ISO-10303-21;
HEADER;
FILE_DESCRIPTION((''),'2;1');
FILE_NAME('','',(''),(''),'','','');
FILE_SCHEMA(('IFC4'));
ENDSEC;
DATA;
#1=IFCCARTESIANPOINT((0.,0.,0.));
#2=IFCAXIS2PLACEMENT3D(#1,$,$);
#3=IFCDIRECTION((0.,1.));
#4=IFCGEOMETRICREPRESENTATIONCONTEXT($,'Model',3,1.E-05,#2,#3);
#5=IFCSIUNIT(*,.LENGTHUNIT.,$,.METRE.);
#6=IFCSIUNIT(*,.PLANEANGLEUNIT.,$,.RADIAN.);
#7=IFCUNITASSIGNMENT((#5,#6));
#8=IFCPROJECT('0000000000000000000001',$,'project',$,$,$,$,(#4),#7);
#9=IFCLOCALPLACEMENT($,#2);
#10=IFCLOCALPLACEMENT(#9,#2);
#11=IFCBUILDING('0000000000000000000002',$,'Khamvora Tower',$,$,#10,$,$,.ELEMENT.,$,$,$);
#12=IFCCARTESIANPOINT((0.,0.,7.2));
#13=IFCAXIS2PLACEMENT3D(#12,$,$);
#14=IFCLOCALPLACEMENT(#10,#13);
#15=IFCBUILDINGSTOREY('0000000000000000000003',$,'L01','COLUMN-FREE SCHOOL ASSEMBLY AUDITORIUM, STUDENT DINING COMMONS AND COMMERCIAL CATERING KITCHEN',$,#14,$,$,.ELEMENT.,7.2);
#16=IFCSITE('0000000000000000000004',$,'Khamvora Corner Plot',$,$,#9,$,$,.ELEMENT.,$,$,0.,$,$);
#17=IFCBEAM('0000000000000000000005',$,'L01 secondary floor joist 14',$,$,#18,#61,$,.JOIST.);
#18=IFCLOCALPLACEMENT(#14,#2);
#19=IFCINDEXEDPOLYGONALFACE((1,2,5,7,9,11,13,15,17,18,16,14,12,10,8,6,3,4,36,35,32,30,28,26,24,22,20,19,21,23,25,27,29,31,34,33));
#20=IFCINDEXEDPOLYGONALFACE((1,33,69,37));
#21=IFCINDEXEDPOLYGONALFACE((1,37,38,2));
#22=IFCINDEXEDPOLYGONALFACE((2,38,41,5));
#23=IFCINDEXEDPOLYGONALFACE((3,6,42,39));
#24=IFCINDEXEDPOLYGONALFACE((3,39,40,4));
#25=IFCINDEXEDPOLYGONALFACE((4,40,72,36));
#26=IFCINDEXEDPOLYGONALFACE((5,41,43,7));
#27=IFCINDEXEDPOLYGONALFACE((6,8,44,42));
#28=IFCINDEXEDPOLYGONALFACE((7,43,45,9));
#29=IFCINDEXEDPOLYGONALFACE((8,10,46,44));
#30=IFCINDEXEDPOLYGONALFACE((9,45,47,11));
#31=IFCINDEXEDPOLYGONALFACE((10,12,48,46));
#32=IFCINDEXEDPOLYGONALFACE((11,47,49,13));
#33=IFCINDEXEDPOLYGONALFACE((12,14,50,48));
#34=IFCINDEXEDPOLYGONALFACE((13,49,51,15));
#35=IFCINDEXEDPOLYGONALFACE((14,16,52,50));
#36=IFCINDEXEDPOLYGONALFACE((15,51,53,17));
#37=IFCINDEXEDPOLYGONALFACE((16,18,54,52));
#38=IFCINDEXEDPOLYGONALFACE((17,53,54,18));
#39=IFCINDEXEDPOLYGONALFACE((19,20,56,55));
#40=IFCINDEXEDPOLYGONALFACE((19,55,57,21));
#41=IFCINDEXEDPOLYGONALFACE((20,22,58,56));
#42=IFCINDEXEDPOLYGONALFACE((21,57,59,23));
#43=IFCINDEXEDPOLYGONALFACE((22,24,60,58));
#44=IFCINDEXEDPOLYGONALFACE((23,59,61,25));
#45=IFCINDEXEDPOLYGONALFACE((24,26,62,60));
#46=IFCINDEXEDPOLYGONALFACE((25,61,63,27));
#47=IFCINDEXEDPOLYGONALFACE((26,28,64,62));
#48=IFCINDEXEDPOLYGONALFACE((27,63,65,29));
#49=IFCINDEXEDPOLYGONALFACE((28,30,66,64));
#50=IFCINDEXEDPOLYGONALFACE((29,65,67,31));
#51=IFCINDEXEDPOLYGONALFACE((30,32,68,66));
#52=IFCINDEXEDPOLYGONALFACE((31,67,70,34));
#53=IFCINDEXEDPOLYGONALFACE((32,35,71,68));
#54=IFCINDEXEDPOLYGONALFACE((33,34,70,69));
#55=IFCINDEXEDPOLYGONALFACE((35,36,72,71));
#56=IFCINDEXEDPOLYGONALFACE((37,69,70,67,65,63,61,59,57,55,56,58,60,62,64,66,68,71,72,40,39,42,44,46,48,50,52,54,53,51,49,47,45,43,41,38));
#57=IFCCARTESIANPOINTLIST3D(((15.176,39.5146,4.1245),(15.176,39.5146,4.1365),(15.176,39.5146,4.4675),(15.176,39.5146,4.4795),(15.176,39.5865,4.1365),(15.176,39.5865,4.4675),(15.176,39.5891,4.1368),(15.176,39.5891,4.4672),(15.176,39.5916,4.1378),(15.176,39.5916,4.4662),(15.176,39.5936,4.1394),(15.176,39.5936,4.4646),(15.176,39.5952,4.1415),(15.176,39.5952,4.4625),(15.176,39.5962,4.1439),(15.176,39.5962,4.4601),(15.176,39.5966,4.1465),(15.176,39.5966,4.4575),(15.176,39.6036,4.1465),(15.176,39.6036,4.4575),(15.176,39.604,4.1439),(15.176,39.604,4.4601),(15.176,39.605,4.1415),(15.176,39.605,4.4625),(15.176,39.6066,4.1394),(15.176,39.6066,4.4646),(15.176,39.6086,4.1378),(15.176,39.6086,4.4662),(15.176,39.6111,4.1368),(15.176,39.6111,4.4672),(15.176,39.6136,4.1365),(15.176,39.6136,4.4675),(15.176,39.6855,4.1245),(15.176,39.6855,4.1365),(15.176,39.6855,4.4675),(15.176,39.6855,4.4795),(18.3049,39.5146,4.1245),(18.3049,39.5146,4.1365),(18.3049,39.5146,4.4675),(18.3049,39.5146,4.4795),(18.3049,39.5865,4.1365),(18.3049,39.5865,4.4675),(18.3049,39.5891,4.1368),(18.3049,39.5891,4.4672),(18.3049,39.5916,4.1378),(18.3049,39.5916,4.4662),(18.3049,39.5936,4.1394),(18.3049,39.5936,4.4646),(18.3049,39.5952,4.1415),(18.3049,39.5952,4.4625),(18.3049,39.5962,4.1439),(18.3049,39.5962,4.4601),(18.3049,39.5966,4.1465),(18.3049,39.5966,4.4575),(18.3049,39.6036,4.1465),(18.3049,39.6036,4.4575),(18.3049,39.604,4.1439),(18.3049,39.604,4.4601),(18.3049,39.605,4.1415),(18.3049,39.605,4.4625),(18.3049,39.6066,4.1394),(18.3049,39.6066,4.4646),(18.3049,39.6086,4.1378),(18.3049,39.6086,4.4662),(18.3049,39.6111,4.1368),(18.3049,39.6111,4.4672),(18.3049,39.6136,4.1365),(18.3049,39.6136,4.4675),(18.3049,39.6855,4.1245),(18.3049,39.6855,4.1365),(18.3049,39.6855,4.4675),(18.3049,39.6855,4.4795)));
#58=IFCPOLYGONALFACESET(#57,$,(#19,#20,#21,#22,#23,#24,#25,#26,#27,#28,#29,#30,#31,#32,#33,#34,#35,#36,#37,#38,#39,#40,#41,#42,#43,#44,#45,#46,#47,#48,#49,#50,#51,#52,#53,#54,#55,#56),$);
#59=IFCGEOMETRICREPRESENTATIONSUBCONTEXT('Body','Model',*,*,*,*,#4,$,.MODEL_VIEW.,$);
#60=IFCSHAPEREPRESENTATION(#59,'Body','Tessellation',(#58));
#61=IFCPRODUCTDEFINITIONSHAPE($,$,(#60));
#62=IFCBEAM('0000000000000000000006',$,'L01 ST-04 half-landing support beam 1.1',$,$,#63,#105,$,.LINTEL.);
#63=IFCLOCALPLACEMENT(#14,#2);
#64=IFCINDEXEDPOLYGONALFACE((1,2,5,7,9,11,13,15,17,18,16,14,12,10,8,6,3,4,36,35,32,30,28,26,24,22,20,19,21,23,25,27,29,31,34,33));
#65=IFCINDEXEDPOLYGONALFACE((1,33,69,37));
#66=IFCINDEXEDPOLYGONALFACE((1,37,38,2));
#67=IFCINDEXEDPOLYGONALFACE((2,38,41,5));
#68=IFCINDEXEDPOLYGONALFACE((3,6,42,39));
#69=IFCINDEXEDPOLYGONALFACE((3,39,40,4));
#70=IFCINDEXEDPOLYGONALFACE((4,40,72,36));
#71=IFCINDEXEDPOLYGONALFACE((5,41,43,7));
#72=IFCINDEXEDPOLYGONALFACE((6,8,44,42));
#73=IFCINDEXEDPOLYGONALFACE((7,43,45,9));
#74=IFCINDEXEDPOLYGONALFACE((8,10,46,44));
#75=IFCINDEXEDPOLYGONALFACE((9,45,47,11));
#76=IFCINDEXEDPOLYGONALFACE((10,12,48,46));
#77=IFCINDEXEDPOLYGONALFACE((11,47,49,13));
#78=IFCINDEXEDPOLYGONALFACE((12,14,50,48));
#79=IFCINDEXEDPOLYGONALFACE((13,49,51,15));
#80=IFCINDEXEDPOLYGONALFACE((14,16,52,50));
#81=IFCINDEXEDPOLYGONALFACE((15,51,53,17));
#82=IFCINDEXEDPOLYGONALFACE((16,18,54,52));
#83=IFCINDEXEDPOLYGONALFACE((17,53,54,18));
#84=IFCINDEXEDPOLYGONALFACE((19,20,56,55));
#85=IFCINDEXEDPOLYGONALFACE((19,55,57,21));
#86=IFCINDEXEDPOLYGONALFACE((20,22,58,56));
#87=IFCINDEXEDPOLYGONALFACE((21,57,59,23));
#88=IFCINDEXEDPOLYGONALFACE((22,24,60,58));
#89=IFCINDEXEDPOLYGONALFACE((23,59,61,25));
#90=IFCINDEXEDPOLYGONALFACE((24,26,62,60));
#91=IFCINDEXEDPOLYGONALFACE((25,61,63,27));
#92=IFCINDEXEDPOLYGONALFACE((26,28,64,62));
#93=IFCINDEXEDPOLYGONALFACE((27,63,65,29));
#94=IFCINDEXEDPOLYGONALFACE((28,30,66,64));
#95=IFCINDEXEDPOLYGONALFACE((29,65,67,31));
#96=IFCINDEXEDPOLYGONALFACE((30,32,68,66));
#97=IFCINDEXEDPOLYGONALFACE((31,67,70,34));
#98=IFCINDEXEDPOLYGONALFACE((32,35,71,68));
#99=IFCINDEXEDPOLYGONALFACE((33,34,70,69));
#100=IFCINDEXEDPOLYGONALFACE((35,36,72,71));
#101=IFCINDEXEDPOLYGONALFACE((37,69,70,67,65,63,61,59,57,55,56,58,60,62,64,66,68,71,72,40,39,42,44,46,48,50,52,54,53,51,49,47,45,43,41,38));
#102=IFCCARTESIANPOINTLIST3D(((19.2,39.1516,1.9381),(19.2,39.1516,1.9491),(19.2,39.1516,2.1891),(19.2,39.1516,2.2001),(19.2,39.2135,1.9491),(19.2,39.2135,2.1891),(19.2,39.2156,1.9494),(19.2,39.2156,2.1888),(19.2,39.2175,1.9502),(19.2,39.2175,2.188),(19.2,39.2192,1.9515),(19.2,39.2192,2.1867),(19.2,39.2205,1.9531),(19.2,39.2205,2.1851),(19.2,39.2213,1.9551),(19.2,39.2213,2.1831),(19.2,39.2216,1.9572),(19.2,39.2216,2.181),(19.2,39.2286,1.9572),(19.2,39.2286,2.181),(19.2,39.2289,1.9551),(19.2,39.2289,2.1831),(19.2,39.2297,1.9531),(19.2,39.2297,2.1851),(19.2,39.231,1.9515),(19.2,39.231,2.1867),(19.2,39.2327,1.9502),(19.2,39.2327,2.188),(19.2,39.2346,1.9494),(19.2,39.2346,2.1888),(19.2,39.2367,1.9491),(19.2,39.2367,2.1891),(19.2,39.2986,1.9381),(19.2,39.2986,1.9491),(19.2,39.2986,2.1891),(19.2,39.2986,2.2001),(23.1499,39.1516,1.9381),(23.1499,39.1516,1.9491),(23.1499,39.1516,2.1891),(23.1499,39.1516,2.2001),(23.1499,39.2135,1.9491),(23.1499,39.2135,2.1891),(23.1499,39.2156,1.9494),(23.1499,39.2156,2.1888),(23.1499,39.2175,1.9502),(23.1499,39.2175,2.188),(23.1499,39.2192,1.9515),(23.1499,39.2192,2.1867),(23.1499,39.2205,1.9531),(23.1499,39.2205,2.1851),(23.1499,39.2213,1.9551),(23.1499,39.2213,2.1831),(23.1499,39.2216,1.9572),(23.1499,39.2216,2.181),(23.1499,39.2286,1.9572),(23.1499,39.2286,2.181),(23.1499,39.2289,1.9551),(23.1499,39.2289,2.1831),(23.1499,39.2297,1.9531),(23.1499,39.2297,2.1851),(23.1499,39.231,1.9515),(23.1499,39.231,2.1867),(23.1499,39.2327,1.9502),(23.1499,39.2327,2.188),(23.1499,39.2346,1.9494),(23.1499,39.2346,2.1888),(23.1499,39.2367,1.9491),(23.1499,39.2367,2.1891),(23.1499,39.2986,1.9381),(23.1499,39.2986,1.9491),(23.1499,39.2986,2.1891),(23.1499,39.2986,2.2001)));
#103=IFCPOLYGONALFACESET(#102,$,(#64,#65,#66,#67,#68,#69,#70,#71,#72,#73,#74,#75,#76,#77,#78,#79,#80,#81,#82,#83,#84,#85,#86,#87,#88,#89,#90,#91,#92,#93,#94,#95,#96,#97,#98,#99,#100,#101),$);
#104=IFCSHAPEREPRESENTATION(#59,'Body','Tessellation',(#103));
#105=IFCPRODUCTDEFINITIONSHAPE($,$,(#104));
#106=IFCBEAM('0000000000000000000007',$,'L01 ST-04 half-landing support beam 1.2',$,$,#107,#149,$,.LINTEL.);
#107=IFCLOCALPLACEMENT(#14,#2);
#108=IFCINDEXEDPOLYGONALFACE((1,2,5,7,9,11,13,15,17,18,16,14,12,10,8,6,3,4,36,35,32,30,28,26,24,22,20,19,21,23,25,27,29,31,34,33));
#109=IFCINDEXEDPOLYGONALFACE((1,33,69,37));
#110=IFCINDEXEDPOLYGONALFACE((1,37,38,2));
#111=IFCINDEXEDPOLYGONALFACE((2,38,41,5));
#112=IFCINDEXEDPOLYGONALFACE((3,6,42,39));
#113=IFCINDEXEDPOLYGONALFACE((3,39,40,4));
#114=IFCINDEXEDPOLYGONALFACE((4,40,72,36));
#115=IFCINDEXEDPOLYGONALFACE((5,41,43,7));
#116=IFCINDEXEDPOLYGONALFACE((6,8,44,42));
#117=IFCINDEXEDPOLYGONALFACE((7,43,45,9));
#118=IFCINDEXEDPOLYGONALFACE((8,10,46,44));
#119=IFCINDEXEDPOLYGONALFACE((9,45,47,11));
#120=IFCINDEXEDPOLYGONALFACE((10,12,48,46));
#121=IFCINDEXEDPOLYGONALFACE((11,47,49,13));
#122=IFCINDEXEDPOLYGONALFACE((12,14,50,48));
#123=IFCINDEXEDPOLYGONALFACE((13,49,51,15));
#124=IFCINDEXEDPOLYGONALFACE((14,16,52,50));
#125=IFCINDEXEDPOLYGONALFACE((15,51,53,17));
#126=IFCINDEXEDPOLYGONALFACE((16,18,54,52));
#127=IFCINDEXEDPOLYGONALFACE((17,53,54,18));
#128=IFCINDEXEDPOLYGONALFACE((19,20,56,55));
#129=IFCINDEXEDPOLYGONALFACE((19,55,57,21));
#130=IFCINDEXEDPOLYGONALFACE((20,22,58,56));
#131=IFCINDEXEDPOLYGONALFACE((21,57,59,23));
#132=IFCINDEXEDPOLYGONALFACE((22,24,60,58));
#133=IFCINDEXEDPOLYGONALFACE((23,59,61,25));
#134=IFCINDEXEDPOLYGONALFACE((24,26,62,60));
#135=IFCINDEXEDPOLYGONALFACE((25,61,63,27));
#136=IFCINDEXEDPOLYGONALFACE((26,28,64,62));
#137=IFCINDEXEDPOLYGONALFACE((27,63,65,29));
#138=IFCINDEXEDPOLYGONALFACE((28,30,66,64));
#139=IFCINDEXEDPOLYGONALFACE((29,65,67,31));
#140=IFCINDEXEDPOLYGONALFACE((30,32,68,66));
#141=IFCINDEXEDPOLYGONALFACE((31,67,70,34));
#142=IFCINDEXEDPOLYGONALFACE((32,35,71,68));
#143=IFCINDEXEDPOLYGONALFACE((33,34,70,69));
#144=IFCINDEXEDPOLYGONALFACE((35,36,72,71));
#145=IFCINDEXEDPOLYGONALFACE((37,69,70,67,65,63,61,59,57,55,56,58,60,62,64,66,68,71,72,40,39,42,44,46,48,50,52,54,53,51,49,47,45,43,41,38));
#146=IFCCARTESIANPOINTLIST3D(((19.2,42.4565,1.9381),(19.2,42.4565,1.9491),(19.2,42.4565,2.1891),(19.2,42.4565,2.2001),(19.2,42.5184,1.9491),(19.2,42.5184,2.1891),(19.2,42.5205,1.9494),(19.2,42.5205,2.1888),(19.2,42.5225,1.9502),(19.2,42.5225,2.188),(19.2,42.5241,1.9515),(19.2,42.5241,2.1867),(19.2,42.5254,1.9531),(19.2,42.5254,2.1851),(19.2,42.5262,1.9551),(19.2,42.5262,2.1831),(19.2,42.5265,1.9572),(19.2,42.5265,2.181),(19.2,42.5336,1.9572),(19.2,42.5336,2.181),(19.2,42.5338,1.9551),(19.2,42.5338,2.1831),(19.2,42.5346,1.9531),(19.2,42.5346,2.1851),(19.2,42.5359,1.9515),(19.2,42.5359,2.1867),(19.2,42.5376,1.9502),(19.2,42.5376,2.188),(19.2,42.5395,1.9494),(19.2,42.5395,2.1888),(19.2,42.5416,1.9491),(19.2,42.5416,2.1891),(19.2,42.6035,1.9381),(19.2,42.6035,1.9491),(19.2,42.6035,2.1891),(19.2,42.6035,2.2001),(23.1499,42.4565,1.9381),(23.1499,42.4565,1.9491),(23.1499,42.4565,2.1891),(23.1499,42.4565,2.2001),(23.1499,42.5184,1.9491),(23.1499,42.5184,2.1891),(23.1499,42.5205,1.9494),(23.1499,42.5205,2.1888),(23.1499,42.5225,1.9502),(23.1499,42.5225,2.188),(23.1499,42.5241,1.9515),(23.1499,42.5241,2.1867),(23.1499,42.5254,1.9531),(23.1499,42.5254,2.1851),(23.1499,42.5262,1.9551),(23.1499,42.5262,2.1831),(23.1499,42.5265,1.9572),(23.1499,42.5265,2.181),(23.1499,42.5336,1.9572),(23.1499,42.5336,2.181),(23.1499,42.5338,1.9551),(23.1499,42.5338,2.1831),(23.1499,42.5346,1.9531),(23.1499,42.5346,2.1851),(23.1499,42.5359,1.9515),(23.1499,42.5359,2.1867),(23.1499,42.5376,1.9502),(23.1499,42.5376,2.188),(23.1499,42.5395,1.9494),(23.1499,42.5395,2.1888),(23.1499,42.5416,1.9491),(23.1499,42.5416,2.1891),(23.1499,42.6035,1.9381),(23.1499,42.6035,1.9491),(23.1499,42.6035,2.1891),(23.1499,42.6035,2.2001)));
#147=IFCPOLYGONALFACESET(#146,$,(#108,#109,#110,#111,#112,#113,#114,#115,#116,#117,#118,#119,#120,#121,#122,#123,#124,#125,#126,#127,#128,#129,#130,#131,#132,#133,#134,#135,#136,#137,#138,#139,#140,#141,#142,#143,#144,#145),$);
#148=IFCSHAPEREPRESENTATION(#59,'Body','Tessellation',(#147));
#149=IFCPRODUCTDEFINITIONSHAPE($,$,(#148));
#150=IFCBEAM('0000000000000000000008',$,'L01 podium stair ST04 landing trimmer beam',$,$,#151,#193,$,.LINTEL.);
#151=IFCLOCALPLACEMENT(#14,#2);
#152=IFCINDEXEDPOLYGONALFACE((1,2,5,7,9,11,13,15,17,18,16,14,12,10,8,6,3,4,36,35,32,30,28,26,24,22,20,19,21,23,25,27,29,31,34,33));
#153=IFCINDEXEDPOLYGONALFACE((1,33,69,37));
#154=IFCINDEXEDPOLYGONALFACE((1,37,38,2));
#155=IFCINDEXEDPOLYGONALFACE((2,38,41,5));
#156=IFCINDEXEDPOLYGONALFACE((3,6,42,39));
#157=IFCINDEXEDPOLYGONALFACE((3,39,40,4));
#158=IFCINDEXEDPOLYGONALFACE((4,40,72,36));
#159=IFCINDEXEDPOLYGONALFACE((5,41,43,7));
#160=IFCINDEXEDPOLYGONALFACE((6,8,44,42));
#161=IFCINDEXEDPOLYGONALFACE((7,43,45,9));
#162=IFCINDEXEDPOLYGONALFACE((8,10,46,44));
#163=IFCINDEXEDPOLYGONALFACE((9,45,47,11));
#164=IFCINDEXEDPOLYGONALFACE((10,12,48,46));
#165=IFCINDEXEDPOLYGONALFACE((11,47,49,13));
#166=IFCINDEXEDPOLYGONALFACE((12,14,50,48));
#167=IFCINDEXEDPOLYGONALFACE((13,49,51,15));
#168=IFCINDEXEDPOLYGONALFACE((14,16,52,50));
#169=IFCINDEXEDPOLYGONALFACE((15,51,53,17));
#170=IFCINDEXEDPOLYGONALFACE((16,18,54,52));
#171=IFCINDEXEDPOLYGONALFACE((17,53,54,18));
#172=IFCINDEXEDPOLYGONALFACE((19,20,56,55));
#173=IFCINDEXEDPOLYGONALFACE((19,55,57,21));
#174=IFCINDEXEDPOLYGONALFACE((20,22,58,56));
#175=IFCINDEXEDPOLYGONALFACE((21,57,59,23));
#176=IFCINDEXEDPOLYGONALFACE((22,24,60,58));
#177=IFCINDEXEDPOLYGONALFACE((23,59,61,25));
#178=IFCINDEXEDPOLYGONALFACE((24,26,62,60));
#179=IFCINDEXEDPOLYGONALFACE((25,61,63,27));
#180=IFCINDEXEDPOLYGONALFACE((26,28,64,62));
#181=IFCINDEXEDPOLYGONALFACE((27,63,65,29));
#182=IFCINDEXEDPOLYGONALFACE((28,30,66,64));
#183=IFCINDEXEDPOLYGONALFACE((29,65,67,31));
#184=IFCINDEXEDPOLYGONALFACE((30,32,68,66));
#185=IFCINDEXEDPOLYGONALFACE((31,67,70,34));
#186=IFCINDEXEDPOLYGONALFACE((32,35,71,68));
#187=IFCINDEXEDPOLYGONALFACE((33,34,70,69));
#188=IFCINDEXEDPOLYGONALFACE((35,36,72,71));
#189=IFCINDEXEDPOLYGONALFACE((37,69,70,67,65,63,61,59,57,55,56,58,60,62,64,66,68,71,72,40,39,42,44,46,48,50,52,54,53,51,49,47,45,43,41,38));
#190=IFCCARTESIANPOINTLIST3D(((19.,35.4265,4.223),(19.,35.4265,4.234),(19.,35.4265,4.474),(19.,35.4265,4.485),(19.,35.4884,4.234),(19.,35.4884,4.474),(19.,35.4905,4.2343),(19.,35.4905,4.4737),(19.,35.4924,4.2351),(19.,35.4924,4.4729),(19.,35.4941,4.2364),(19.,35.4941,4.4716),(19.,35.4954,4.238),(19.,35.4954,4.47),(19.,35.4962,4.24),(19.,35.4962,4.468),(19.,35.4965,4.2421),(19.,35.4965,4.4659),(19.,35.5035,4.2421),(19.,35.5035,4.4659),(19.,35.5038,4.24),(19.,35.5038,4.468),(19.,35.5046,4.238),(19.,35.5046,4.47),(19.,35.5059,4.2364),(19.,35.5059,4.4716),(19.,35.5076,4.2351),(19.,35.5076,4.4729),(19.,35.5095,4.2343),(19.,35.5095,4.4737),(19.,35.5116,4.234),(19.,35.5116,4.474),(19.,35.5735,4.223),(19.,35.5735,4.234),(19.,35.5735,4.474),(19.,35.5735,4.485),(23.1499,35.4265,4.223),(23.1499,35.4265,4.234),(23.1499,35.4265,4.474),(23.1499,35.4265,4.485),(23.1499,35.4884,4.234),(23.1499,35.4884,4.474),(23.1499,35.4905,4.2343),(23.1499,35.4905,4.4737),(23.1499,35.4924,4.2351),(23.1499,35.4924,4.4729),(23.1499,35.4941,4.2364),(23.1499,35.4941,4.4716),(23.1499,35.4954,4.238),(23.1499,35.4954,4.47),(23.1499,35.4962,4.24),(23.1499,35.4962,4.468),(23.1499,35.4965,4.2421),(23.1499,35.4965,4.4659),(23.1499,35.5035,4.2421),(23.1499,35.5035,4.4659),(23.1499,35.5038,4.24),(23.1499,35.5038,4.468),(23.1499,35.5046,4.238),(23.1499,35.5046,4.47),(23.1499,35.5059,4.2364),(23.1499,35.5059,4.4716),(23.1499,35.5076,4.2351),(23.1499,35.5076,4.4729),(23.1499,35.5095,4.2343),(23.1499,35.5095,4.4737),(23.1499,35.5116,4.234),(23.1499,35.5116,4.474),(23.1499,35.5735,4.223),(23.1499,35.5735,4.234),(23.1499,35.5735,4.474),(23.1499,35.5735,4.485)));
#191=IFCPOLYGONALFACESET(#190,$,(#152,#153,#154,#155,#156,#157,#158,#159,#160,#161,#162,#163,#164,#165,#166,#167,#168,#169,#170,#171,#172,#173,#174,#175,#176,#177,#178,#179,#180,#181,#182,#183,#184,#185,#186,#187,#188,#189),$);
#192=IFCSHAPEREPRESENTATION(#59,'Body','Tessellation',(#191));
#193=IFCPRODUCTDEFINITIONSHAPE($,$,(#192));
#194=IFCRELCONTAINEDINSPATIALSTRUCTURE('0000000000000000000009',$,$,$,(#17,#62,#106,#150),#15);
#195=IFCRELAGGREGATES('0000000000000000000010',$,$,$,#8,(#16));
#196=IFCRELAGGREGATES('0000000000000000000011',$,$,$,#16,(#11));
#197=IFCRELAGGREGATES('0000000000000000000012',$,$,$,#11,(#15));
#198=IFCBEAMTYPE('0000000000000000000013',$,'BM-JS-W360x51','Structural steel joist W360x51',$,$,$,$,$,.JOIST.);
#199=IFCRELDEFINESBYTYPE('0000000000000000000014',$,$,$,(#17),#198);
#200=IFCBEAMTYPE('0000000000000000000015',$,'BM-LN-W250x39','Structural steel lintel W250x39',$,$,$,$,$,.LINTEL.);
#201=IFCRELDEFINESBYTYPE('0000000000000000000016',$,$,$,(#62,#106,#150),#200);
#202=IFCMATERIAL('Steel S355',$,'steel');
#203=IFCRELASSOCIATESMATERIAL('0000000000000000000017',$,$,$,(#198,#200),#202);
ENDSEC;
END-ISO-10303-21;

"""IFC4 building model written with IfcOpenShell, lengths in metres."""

from ifc_helpers import new_model, si_unit, direction, frame, origin, origin_2d, place, context, subcontext, project, spatial, i_section, extrude, material, material_profile, profile_set, type_object, element, save


model = new_model("IFC4")

# Units and contexts
model_context = context("Model", 3, precision=1e-05, world=origin(), true_north=direction((0.0, 1.0)))
body_context = subcontext(model_context, "Body", "Model", "MODEL_VIEW")
ifc_project = project(units=[si_unit("LENGTHUNIT", "METRE"), si_unit("PLANEANGLEUNIT", "RADIAN")], contexts=[model_context])

# Site, building, storey
site_placement = place(None, origin())
site = spatial("IfcSite", under=ifc_project, at=site_placement, Name="Khamvora Corner Plot", CompositionType="ELEMENT", RefElevation=0.0)
building_placement = place(site_placement, origin())
building = spatial("IfcBuilding", under=site, at=building_placement, Name="Khamvora Tower", CompositionType="ELEMENT")
storey_placement = place(building_placement, frame((0.0, 0.0, 7.2)))
storey = spatial("IfcBuildingStorey", under=building, at=storey_placement, Name="L01", Description="COLUMN-FREE SCHOOL ASSEMBLY AUDITORIUM, STUDENT DINING COMMONS AND COMMERCIAL CATERING KITCHEN", CompositionType="ELEMENT", Elevation=7.2)

# Beams
ifc_material_1 = material(Name="Steel S355", Category="steel")
ifc_material_profile_1 = material_profile(ifc_material_1, i_section(OverallWidth=0.1709, OverallDepth=0.355, WebThickness=0.0071, FlangeThickness=0.012, FilletRadius=0.01, at=origin_2d()), Name="W360x51")
ifc_profile_set_1 = profile_set([ifc_material_profile_1], Name="Steel S355")
beam_type_1 = type_object("IfcBeamType", Name="BM-JS-W360x51", Description="Structural steel joist W360x51", PredefinedType="JOIST", material=ifc_profile_set_1)
beam_1_placement = place(storey_placement, frame((15.176, 39.6001, 4.302), z_axis=(1.0, 0.0, 0.0), x_axis=(0.0, 1.0, 0.0)))
element("IfcBeam", 1, at=beam_1_placement, inside=storey, type_object=beam_type_1, Name="L01 secondary floor joist 14", PredefinedType="JOIST", context=body_context, shape_type="SweptSolid", body=[
    extrude(i_section(OverallWidth=0.1709, OverallDepth=0.355, WebThickness=0.0071, FlangeThickness=0.012, FilletRadius=0.01, at=origin_2d()), origin(), (0.0, 0.0, 1.0), 3.1289),
])
ifc_material_profile_2 = material_profile(ifc_material_1, i_section(OverallWidth=0.147, OverallDepth=0.262, WebThickness=0.0071, FlangeThickness=0.011, FilletRadius=0.0081, at=origin_2d()), Name="W250x39")
ifc_profile_set_2 = profile_set([ifc_material_profile_2], Name="Steel S355")
beam_type_2 = type_object("IfcBeamType", Name="BM-LN-W250x39", Description="Structural steel lintel W250x39", PredefinedType="LINTEL", material=ifc_profile_set_2)
for number, where, z_axis, x_axis, name in (
    (2, (19.2, 39.2251, 2.0691), (1.0, 0.0, 0.0), (0.0, 1.0, 0.0), "L01 ST-04 half-landing support beam 1.1"),
    (3, (19.2, 42.53, 2.0691), (1.0, 0.0, 0.0), (0.0, 1.0, 0.0), "L01 ST-04 half-landing support beam 1.2"),
):
    element("IfcBeam", number, at=place(storey_placement, frame(where, z_axis=z_axis, x_axis=x_axis)), inside=storey, type_object=beam_type_2, Name=name, PredefinedType="LINTEL", context=body_context, shape_type="SweptSolid", body=[
        extrude(i_section(OverallWidth=0.147, OverallDepth=0.262, WebThickness=0.0071, FlangeThickness=0.011, FilletRadius=0.0081, at=origin_2d()), origin(), (0.0, 0.0, 1.0), 3.95),
    ])
beam_2_placement = place(storey_placement, frame((19.0, 35.5, 4.354), z_axis=(1.0, 0.0, 0.0), x_axis=(0.0, 1.0, 0.0)))
element("IfcBeam", 4, at=beam_2_placement, inside=storey, type_object=beam_type_2, Name="L01 podium stair ST04 landing trimmer beam", PredefinedType="LINTEL", context=body_context, shape_type="SweptSolid", body=[
    extrude(i_section(OverallWidth=0.147, OverallDepth=0.262, WebThickness=0.0071, FlangeThickness=0.011, FilletRadius=0.0081, at=origin_2d()), origin(), (0.0, 0.0, 1.0), 4.1499),
])

save(model, "model.ifc")
